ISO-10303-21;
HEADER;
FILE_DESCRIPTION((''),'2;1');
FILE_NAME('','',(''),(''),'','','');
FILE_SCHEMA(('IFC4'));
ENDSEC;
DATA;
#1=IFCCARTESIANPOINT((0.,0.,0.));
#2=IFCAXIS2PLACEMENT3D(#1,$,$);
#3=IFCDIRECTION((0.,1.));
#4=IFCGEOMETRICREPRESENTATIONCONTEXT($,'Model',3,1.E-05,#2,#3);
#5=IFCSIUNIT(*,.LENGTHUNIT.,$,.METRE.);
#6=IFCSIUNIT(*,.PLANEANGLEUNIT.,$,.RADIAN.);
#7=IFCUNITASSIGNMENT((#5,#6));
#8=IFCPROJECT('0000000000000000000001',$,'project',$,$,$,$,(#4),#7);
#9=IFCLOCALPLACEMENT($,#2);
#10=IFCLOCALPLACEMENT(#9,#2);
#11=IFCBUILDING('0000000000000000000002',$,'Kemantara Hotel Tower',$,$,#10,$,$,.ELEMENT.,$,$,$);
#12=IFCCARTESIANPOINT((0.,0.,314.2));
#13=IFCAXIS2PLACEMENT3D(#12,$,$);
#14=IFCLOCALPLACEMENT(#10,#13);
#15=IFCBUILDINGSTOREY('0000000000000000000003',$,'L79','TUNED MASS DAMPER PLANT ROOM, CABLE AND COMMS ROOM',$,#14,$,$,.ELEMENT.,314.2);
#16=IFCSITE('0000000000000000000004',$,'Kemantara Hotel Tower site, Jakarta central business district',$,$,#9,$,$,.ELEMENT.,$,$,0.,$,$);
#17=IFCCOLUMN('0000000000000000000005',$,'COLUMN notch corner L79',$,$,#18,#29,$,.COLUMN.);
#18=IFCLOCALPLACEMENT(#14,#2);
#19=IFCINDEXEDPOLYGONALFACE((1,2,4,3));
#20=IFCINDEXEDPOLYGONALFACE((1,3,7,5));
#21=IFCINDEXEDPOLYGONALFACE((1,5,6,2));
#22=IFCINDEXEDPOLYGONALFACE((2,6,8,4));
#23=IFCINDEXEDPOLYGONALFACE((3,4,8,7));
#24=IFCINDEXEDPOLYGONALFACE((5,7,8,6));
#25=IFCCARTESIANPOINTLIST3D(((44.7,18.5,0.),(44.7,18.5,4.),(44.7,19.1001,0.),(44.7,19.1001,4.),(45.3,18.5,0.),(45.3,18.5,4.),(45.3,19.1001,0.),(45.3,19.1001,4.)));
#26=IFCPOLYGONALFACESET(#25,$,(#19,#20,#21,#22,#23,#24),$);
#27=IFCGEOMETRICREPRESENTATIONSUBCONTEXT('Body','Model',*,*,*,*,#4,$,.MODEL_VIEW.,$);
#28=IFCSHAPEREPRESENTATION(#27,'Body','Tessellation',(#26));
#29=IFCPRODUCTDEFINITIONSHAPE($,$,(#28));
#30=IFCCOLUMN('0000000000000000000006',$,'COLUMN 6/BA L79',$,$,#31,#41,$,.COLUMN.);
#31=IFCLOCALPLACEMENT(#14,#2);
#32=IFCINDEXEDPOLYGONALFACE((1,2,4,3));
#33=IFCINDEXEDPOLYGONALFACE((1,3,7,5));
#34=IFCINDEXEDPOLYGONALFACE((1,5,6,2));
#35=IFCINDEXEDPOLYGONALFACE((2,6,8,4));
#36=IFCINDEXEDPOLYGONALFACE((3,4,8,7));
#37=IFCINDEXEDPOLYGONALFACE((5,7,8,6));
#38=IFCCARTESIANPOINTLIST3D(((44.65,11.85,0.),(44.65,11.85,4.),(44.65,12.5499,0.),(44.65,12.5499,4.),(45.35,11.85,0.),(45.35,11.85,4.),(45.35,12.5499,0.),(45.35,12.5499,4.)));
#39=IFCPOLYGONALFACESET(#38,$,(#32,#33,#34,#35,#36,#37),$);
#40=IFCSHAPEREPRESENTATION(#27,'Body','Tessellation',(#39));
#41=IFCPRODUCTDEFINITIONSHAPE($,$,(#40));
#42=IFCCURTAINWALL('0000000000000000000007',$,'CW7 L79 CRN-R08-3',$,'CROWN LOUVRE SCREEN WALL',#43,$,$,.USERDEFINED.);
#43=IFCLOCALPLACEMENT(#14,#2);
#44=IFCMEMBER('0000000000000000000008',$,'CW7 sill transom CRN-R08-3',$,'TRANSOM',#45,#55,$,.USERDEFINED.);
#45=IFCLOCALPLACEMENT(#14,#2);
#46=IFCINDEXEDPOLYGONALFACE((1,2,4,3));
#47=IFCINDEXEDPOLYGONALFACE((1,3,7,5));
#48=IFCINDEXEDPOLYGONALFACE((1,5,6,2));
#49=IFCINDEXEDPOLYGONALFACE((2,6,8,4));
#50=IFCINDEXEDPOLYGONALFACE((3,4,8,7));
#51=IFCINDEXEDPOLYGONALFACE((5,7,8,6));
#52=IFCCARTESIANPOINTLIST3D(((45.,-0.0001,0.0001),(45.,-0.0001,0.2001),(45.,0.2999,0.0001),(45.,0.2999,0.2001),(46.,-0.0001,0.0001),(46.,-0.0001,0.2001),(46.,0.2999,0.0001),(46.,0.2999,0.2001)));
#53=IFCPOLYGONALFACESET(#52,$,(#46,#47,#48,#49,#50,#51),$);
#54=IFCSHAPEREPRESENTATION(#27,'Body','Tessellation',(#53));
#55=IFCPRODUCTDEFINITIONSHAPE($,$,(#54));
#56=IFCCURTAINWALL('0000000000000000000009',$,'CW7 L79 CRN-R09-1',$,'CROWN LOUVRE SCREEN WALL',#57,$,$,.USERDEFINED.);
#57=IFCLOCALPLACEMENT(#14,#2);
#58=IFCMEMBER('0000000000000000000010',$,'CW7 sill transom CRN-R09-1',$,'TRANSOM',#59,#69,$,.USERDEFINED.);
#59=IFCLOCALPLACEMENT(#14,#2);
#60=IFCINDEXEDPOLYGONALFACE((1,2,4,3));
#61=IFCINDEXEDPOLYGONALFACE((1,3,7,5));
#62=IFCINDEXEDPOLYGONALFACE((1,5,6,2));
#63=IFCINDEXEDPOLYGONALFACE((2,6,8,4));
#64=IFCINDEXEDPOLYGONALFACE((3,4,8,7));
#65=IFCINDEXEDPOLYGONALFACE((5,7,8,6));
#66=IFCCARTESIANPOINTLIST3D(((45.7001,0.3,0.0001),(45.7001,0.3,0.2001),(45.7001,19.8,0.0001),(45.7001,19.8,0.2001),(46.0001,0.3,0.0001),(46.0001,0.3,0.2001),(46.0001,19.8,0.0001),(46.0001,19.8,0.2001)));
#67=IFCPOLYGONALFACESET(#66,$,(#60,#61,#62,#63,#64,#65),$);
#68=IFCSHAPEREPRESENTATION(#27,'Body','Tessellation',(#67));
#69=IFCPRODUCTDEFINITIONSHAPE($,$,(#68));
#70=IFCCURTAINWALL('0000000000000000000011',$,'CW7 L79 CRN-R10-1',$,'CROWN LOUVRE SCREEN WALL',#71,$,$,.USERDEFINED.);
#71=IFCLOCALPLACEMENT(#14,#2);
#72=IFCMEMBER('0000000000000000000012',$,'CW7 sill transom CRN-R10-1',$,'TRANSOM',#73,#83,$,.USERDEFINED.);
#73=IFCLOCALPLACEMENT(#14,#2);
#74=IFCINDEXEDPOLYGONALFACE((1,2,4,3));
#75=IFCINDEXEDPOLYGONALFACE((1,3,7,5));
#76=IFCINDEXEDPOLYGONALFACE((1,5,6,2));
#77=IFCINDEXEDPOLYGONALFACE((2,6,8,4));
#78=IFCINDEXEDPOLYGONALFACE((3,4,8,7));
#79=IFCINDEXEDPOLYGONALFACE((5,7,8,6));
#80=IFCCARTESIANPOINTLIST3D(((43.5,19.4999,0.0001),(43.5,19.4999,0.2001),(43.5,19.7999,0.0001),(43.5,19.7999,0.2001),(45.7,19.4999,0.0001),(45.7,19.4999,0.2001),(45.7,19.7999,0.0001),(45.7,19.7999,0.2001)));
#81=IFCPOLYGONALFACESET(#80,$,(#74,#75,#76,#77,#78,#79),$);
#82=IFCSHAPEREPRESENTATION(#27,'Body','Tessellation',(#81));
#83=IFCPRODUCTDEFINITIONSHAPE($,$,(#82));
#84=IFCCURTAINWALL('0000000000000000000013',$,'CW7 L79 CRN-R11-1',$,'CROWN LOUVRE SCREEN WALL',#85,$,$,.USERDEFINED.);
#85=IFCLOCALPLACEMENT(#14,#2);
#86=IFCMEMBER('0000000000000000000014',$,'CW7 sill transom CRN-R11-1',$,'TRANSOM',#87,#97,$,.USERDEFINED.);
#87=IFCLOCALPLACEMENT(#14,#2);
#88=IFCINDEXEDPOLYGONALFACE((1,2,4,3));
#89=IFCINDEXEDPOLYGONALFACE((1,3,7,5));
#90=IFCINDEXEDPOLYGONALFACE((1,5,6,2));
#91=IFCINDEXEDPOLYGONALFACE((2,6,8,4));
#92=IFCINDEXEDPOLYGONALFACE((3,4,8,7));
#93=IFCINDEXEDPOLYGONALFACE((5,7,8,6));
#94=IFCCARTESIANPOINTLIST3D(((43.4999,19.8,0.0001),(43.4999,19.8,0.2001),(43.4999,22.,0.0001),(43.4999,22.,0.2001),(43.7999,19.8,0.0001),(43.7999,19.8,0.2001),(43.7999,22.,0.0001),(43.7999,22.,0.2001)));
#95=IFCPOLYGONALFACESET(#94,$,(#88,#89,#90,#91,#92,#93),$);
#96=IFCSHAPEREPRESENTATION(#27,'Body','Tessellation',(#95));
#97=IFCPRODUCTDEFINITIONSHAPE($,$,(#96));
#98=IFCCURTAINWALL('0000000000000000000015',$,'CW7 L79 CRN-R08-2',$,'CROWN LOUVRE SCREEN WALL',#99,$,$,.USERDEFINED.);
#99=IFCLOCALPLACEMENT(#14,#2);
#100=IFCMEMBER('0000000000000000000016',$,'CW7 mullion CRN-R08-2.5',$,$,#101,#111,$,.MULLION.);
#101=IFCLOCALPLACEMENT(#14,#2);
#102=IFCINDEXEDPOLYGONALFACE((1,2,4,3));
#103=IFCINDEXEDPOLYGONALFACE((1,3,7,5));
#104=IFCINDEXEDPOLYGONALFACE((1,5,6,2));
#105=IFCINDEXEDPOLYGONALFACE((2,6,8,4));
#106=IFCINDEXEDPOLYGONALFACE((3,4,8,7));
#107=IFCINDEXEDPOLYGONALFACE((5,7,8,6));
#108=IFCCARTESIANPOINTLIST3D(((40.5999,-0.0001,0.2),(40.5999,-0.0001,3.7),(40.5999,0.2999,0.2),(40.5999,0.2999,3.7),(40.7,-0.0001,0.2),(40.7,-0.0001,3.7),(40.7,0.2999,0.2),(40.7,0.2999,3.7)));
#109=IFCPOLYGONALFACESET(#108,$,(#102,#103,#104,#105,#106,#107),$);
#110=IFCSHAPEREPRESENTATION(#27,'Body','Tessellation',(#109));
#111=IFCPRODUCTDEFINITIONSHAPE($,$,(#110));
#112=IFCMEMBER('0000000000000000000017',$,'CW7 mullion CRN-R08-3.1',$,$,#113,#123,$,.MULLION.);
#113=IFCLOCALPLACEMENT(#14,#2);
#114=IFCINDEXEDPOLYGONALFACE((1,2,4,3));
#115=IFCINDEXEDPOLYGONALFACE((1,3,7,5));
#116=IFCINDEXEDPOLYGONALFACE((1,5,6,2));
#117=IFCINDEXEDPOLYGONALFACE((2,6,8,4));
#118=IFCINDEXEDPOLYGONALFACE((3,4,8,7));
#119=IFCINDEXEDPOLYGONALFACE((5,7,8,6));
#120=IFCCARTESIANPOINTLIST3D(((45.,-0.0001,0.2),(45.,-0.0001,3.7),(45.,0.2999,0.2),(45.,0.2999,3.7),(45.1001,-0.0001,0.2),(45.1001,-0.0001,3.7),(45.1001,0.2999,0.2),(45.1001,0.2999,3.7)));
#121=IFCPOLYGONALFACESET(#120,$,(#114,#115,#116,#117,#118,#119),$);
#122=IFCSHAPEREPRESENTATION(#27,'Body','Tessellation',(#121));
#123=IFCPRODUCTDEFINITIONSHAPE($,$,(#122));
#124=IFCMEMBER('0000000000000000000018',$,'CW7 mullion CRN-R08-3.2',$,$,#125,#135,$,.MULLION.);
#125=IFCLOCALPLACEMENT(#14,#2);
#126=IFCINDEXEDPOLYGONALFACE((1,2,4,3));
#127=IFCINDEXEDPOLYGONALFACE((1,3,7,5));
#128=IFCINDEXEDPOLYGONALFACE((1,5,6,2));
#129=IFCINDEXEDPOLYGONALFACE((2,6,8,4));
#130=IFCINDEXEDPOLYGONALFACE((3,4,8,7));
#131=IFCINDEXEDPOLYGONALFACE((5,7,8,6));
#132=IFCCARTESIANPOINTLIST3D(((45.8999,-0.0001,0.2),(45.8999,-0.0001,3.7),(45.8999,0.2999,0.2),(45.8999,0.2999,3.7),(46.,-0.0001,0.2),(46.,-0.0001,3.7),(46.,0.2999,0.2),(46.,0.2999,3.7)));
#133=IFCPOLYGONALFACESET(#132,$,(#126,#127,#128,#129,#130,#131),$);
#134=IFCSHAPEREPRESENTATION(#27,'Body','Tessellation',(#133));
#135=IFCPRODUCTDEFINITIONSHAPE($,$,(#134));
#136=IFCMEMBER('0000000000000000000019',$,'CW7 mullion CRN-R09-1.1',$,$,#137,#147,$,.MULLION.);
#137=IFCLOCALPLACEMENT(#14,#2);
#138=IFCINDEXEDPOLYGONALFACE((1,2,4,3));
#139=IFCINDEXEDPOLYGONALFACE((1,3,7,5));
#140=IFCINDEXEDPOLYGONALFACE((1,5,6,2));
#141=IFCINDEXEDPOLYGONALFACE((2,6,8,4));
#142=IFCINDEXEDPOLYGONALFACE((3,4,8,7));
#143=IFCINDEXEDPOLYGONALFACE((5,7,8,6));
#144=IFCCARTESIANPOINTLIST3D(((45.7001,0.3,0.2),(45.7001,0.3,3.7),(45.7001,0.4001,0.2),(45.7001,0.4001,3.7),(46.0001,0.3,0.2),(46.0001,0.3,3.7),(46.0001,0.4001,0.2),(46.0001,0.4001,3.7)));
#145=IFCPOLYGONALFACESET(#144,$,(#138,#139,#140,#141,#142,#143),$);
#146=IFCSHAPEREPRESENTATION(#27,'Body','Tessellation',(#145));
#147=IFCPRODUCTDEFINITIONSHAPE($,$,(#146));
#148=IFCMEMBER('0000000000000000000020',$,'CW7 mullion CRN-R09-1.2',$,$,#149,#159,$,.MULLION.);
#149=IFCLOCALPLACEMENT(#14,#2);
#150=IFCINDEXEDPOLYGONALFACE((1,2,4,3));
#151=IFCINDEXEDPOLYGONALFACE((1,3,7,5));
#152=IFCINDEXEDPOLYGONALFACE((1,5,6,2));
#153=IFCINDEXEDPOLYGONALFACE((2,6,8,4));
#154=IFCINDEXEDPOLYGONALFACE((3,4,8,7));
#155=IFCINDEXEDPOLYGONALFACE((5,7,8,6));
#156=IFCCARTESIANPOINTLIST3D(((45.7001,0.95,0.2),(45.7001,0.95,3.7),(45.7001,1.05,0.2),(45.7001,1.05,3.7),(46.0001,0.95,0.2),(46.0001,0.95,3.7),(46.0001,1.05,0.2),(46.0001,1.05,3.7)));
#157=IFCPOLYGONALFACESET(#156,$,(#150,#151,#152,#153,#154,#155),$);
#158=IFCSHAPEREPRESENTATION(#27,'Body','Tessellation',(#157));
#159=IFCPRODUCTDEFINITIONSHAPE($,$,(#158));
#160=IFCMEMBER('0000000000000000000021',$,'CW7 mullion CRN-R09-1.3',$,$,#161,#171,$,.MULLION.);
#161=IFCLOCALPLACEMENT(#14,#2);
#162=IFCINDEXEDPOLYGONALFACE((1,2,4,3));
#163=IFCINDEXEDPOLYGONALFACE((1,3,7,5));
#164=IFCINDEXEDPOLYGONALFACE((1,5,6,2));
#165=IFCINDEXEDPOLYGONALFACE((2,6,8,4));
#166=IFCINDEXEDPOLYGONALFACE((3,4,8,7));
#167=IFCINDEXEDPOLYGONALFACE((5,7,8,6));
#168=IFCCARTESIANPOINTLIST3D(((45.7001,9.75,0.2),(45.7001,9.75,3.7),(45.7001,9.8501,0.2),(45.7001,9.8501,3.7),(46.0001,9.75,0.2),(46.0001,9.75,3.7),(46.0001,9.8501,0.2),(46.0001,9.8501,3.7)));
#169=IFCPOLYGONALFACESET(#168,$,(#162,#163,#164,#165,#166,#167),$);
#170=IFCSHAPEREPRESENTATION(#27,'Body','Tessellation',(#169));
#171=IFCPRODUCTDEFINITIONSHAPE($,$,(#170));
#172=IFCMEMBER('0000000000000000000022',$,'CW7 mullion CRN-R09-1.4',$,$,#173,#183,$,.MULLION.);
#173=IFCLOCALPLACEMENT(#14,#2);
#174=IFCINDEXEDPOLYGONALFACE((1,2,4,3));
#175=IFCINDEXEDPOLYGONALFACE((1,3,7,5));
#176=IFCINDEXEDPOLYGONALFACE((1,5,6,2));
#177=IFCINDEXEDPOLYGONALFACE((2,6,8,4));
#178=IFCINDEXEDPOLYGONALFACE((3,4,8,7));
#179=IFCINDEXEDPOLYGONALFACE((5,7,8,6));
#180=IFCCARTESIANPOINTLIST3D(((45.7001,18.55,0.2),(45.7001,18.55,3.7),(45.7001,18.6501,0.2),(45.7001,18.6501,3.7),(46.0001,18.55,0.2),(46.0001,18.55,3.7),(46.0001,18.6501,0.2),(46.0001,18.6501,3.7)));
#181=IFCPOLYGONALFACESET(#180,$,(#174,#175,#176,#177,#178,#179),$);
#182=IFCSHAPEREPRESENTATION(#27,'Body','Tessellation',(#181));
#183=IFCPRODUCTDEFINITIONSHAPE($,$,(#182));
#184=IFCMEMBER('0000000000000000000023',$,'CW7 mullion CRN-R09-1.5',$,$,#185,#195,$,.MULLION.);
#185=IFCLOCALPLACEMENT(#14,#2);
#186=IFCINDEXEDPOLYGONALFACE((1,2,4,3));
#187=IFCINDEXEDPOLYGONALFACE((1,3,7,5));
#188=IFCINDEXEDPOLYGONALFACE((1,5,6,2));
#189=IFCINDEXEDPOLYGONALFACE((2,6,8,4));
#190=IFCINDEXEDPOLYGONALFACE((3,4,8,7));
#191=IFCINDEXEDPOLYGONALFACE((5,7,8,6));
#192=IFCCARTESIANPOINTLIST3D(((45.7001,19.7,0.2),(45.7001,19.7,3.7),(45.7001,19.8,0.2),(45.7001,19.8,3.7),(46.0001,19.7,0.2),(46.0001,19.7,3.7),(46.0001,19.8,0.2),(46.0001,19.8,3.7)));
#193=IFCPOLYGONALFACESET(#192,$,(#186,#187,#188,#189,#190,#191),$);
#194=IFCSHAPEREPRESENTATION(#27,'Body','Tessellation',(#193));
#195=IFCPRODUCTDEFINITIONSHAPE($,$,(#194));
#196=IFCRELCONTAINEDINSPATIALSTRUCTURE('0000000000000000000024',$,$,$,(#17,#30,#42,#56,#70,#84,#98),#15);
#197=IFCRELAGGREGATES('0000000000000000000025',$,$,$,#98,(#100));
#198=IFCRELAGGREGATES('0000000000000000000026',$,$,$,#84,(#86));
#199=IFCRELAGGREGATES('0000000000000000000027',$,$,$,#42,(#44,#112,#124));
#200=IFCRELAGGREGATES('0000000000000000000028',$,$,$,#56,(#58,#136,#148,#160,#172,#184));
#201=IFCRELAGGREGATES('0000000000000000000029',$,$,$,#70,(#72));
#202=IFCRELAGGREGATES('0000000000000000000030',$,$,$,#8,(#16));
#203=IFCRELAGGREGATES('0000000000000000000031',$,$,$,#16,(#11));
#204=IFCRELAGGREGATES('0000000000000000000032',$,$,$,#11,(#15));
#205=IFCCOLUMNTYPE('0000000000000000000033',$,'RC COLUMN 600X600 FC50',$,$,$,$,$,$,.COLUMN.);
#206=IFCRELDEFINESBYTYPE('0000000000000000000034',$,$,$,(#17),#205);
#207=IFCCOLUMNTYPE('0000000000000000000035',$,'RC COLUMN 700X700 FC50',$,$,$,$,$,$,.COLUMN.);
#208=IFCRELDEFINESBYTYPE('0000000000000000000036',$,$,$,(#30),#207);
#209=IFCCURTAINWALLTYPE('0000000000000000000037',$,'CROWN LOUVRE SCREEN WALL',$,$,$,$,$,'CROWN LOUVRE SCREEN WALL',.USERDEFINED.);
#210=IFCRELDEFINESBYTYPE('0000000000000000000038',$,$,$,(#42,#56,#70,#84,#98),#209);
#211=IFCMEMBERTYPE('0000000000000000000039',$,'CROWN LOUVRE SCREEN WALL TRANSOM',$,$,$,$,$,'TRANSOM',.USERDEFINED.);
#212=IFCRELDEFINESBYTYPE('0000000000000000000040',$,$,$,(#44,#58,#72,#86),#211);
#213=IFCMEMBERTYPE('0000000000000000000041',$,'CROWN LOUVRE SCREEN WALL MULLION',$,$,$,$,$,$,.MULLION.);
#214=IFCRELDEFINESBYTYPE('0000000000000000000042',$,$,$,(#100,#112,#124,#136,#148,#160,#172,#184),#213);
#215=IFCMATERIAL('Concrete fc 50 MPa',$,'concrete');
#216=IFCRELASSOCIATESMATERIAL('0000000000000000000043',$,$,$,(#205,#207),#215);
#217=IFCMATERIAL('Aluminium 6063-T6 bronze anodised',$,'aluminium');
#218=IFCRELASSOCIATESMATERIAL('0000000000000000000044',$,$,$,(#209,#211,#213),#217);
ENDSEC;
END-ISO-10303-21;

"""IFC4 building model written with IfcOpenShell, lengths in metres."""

from ifc_helpers import new_model, si_unit, direction, frame, origin, origin_2d, place, context, subcontext, project, spatial, rectangle, extrude, source, transform, mapped, material, material_profile, profile_set, type_object, element, aggregate, save


model = new_model("IFC4")

# Units and contexts
model_context = context("Model", 3, precision=1e-05, world=origin(), true_north=direction((0.0, 1.0)))
body_context = subcontext(model_context, "Body", "Model", "MODEL_VIEW")
ifc_project = project(units=[si_unit("LENGTHUNIT", "METRE"), si_unit("PLANEANGLEUNIT", "RADIAN")], contexts=[model_context])

# Site, building, storey
site_placement = place(None, origin())
site = spatial("IfcSite", under=ifc_project, at=site_placement, Name="Kemantara Hotel Tower site, Jakarta central business district", CompositionType="ELEMENT", RefElevation=0.0)
building_placement = place(site_placement, origin())
building = spatial("IfcBuilding", under=site, at=building_placement, Name="Kemantara Hotel Tower", CompositionType="ELEMENT")
storey_placement = place(building_placement, frame((0.0, 0.0, 314.2)))
storey = spatial("IfcBuildingStorey", under=building, at=storey_placement, Name="L79", Description="TUNED MASS DAMPER PLANT ROOM, CABLE AND COMMS ROOM", CompositionType="ELEMENT", Elevation=314.2)

# Columns
ifc_material_1 = material(Name="Concrete fc 50 MPa", Category="concrete")
ifc_material_profile_1 = material_profile(ifc_material_1, rectangle(XDim=0.6001, YDim=0.6001, at=origin_2d()), Name="RC 600X600")
ifc_profile_set_1 = profile_set([ifc_material_profile_1], Name="Concrete fc 50 MPa")
column_type_1 = type_object("IfcColumnType", Name="RC COLUMN 600X600 FC50", PredefinedType="COLUMN", material=ifc_profile_set_1)
column_1_placement = place(storey_placement, frame((45.0, 18.8, 0.0), z_axis=(0.0, 0.0, 1.0), x_axis=(1.0, 0.0, 0.0)))
element("IfcColumn", 1, at=column_1_placement, inside=storey, type_object=column_type_1, Name="COLUMN notch corner L79", PredefinedType="COLUMN", context=body_context, shape_type="SweptSolid", body=[
    extrude(rectangle(XDim=0.6001, YDim=0.6001, at=origin_2d()), origin(), (0.0, 0.0, 1.0), 4.0),
])
ifc_material_profile_2 = material_profile(ifc_material_1, rectangle(XDim=0.7, YDim=0.7, at=origin_2d()), Name="RC 700X700")
ifc_profile_set_2 = profile_set([ifc_material_profile_2], Name="Concrete fc 50 MPa")
column_type_2 = type_object("IfcColumnType", Name="RC COLUMN 700X700 FC50", PredefinedType="COLUMN", material=ifc_profile_set_2)
column_2_placement = place(storey_placement, frame((45.0, 12.2, 0.0), z_axis=(0.0, 0.0, 1.0), x_axis=(1.0, 0.0, 0.0)))
element("IfcColumn", 2, at=column_2_placement, inside=storey, type_object=column_type_2, Name="COLUMN 6/BA L79", PredefinedType="COLUMN", context=body_context, shape_type="SweptSolid", body=[
    extrude(rectangle(XDim=0.7, YDim=0.7, at=origin_2d()), origin(), (0.0, 0.0, 1.0), 4.0),
])

# Curtain walls, members
ifc_material_2 = material(Name="Aluminium 6063-T6 bronze anodised", Category="aluminium")
curtain_wall_type = type_object("IfcCurtainWallType", Name="CROWN LOUVRE SCREEN WALL", ElementType="CROWN LOUVRE SCREEN WALL", PredefinedType="USERDEFINED", material=ifc_material_2)
curtain_wall_1_placement = place(storey_placement, origin())
curtain_wall_1 = element("IfcCurtainWall", 3, at=curtain_wall_1_placement, inside=storey, type_object=curtain_wall_type, Name="CW7 L79 CRN-R08-3", ObjectType="CROWN LOUVRE SCREEN WALL", PredefinedType="USERDEFINED")
ifc_material_profile_3 = material_profile(ifc_material_2, rectangle(XDim=0.3, YDim=0.2, at=origin_2d()), Name="CROWN LOUVRE SCREEN WALL TRANSOM")
ifc_profile_set_3 = profile_set([ifc_material_profile_3], Name="Aluminium 6063-T6 bronze anodised")
member_type_1 = type_object("IfcMemberType", Name="CROWN LOUVRE SCREEN WALL TRANSOM", ElementType="TRANSOM", PredefinedType="USERDEFINED", material=ifc_profile_set_3)
member_1_placement = place(storey_placement, frame((45.0, 0.1499, 0.1001), z_axis=(1.0, 0.0, 0.0), x_axis=(0.0, 1.0, 0.0)))
member_1 = element("IfcMember", 4, at=member_1_placement, type_object=member_type_1, Name="CW7 sill transom CRN-R08-3", ObjectType="TRANSOM", PredefinedType="USERDEFINED", context=body_context, shape_type="SweptSolid", body=[
    extrude(rectangle(XDim=0.3, YDim=0.2, at=origin_2d()), origin(), (0.0, 0.0, 1.0), 1.0),
])
curtain_wall_2_placement = place(storey_placement, origin())
curtain_wall_2 = element("IfcCurtainWall", 5, at=curtain_wall_2_placement, inside=storey, type_object=curtain_wall_type, Name="CW7 L79 CRN-R09-1", ObjectType="CROWN LOUVRE SCREEN WALL", PredefinedType="USERDEFINED")
member_2_placement = place(storey_placement, frame((45.8501, 0.3, 0.1001), z_axis=(0.0, 1.0, 0.0), x_axis=(-1.0, 0.0, 0.0)))
member_2 = element("IfcMember", 6, at=member_2_placement, type_object=member_type_1, Name="CW7 sill transom CRN-R09-1", ObjectType="TRANSOM", PredefinedType="USERDEFINED", context=body_context, shape_type="SweptSolid", body=[
    extrude(rectangle(XDim=0.3, YDim=0.2, at=origin_2d()), origin(), (0.0, 0.0, 1.0), 19.5),
])
curtain_wall_3_placement = place(storey_placement, origin())
curtain_wall_3 = element("IfcCurtainWall", 7, at=curtain_wall_3_placement, inside=storey, type_object=curtain_wall_type, Name="CW7 L79 CRN-R10-1", ObjectType="CROWN LOUVRE SCREEN WALL", PredefinedType="USERDEFINED")
member_3_placement = place(storey_placement, frame((45.7, 19.6499, 0.1001), z_axis=(-1.0, 0.0, 0.0), x_axis=(0.0, -1.0, 0.0)))
member_3 = element("IfcMember", 8, at=member_3_placement, type_object=member_type_1, Name="CW7 sill transom CRN-R10-1", ObjectType="TRANSOM", PredefinedType="USERDEFINED", context=body_context, shape_type="SweptSolid", body=[
    extrude(rectangle(XDim=0.3, YDim=0.2, at=origin_2d()), origin(), (0.0, 0.0, 1.0), 2.2),
])
curtain_wall_4_placement = place(storey_placement, origin())
curtain_wall_4 = element("IfcCurtainWall", 9, at=curtain_wall_4_placement, inside=storey, type_object=curtain_wall_type, Name="CW7 L79 CRN-R11-1", ObjectType="CROWN LOUVRE SCREEN WALL", PredefinedType="USERDEFINED")
member_4_placement = place(storey_placement, frame((43.6499, 19.8, 0.1001), z_axis=(0.0, 1.0, 0.0), x_axis=(-1.0, 0.0, 0.0)))
member_4 = element("IfcMember", 10, at=member_4_placement, type_object=member_type_1, Name="CW7 sill transom CRN-R11-1", ObjectType="TRANSOM", PredefinedType="USERDEFINED", context=body_context, shape_type="SweptSolid", body=[
    extrude(rectangle(XDim=0.3, YDim=0.2, at=origin_2d()), origin(), (0.0, 0.0, 1.0), 2.2),
])
curtain_wall_5_placement = place(storey_placement, origin())
curtain_wall_5 = element("IfcCurtainWall", 11, at=curtain_wall_5_placement, inside=storey, type_object=curtain_wall_type, Name="CW7 L79 CRN-R08-2", ObjectType="CROWN LOUVRE SCREEN WALL", PredefinedType="USERDEFINED")
ifc_material_profile_4 = material_profile(ifc_material_2, rectangle(XDim=0.3, YDim=0.1001, at=origin_2d()), Name="CROWN LOUVRE SCREEN WALL MULLION")
ifc_profile_set_4 = profile_set([ifc_material_profile_4], Name="Aluminium 6063-T6 bronze anodised")
member_type_2 = type_object("IfcMemberType", Name="CROWN LOUVRE SCREEN WALL MULLION", PredefinedType="MULLION", material=ifc_profile_set_4)
shared_shape_1 = source(origin(), body_context, "Body", "SweptSolid", [
    extrude(rectangle(XDim=0.3, YDim=0.1001, at=origin_2d()), origin(), (0.0, 0.0, 1.0), 3.5),
])
member_5_placement = place(storey_placement, frame((40.6499, 0.1499, 0.2), z_axis=(0.0, 0.0, 1.0), x_axis=(0.0, 1.0, 0.0)))
member_5 = element("IfcMember", 12, at=member_5_placement, type_object=member_type_2, Name="CW7 mullion CRN-R08-2.5", PredefinedType="MULLION", context=body_context, shape_type="MappedRepresentation", body=[
    mapped(shared_shape_1, transform((0.0, 0.0, 0.0))),
])
aggregate(curtain_wall_5, [member_5])

# Members
member_6_placement = place(storey_placement, frame((45.05, 0.1499, 0.2), z_axis=(0.0, 0.0, 1.0), x_axis=(0.0, 1.0, 0.0)))
member_6 = element("IfcMember", 13, at=member_6_placement, type_object=member_type_2, Name="CW7 mullion CRN-R08-3.1", PredefinedType="MULLION", context=body_context, shape_type="MappedRepresentation", body=[
    mapped(shared_shape_1, transform((0.0, 0.0, 0.0))),
])
member_7_placement = place(storey_placement, frame((45.95, 0.1499, 0.2), z_axis=(0.0, 0.0, 1.0), x_axis=(0.0, 1.0, 0.0)))
member_7 = element("IfcMember", 14, at=member_7_placement, type_object=member_type_2, Name="CW7 mullion CRN-R08-3.2", PredefinedType="MULLION", context=body_context, shape_type="MappedRepresentation", body=[
    mapped(shared_shape_1, transform((0.0, 0.0, 0.0))),
])
member_8_placement = place(storey_placement, frame((45.8501, 0.3501, 0.2), z_axis=(0.0, 0.0, 1.0), x_axis=(-1.0, 0.0, 0.0)))
member_8 = element("IfcMember", 15, at=member_8_placement, type_object=member_type_2, Name="CW7 mullion CRN-R09-1.1", PredefinedType="MULLION", context=body_context, shape_type="MappedRepresentation", body=[
    mapped(shared_shape_1, transform((0.0, 0.0, 0.0))),
])
member_9_placement = place(storey_placement, frame((45.8501, 1.0, 0.2), z_axis=(0.0, 0.0, 1.0), x_axis=(-1.0, 0.0, 0.0)))
member_9 = element("IfcMember", 16, at=member_9_placement, type_object=member_type_2, Name="CW7 mullion CRN-R09-1.2", PredefinedType="MULLION", context=body_context, shape_type="MappedRepresentation", body=[
    mapped(shared_shape_1, transform((0.0, 0.0, 0.0))),
])
member_10_placement = place(storey_placement, frame((45.8501, 9.8, 0.2), z_axis=(0.0, 0.0, 1.0), x_axis=(-1.0, 0.0, 0.0)))
member_10 = element("IfcMember", 17, at=member_10_placement, type_object=member_type_2, Name="CW7 mullion CRN-R09-1.3", PredefinedType="MULLION", context=body_context, shape_type="MappedRepresentation", body=[
    mapped(shared_shape_1, transform((0.0, 0.0, 0.0))),
])
member_11_placement = place(storey_placement, frame((45.8501, 18.6001, 0.2), z_axis=(0.0, 0.0, 1.0), x_axis=(-1.0, 0.0, 0.0)))
member_11 = element("IfcMember", 18, at=member_11_placement, type_object=member_type_2, Name="CW7 mullion CRN-R09-1.4", PredefinedType="MULLION", context=body_context, shape_type="MappedRepresentation", body=[
    mapped(shared_shape_1, transform((0.0, 0.0, 0.0))),
])
member_12_placement = place(storey_placement, frame((45.8501, 19.75, 0.2), z_axis=(0.0, 0.0, 1.0), x_axis=(-1.0, 0.0, 0.0)))
member_12 = element("IfcMember", 19, at=member_12_placement, type_object=member_type_2, Name="CW7 mullion CRN-R09-1.5", PredefinedType="MULLION", context=body_context, shape_type="MappedRepresentation", body=[
    mapped(shared_shape_1, transform((0.0, 0.0, 0.0))),
])
aggregate(curtain_wall_4, [member_4])

aggregate(curtain_wall_1, [member_1, member_6, member_7])
aggregate(curtain_wall_2, [member_2, member_8, member_9, member_10, member_11, member_12])
aggregate(curtain_wall_3, [member_3])

save(model, "model.ifc")
